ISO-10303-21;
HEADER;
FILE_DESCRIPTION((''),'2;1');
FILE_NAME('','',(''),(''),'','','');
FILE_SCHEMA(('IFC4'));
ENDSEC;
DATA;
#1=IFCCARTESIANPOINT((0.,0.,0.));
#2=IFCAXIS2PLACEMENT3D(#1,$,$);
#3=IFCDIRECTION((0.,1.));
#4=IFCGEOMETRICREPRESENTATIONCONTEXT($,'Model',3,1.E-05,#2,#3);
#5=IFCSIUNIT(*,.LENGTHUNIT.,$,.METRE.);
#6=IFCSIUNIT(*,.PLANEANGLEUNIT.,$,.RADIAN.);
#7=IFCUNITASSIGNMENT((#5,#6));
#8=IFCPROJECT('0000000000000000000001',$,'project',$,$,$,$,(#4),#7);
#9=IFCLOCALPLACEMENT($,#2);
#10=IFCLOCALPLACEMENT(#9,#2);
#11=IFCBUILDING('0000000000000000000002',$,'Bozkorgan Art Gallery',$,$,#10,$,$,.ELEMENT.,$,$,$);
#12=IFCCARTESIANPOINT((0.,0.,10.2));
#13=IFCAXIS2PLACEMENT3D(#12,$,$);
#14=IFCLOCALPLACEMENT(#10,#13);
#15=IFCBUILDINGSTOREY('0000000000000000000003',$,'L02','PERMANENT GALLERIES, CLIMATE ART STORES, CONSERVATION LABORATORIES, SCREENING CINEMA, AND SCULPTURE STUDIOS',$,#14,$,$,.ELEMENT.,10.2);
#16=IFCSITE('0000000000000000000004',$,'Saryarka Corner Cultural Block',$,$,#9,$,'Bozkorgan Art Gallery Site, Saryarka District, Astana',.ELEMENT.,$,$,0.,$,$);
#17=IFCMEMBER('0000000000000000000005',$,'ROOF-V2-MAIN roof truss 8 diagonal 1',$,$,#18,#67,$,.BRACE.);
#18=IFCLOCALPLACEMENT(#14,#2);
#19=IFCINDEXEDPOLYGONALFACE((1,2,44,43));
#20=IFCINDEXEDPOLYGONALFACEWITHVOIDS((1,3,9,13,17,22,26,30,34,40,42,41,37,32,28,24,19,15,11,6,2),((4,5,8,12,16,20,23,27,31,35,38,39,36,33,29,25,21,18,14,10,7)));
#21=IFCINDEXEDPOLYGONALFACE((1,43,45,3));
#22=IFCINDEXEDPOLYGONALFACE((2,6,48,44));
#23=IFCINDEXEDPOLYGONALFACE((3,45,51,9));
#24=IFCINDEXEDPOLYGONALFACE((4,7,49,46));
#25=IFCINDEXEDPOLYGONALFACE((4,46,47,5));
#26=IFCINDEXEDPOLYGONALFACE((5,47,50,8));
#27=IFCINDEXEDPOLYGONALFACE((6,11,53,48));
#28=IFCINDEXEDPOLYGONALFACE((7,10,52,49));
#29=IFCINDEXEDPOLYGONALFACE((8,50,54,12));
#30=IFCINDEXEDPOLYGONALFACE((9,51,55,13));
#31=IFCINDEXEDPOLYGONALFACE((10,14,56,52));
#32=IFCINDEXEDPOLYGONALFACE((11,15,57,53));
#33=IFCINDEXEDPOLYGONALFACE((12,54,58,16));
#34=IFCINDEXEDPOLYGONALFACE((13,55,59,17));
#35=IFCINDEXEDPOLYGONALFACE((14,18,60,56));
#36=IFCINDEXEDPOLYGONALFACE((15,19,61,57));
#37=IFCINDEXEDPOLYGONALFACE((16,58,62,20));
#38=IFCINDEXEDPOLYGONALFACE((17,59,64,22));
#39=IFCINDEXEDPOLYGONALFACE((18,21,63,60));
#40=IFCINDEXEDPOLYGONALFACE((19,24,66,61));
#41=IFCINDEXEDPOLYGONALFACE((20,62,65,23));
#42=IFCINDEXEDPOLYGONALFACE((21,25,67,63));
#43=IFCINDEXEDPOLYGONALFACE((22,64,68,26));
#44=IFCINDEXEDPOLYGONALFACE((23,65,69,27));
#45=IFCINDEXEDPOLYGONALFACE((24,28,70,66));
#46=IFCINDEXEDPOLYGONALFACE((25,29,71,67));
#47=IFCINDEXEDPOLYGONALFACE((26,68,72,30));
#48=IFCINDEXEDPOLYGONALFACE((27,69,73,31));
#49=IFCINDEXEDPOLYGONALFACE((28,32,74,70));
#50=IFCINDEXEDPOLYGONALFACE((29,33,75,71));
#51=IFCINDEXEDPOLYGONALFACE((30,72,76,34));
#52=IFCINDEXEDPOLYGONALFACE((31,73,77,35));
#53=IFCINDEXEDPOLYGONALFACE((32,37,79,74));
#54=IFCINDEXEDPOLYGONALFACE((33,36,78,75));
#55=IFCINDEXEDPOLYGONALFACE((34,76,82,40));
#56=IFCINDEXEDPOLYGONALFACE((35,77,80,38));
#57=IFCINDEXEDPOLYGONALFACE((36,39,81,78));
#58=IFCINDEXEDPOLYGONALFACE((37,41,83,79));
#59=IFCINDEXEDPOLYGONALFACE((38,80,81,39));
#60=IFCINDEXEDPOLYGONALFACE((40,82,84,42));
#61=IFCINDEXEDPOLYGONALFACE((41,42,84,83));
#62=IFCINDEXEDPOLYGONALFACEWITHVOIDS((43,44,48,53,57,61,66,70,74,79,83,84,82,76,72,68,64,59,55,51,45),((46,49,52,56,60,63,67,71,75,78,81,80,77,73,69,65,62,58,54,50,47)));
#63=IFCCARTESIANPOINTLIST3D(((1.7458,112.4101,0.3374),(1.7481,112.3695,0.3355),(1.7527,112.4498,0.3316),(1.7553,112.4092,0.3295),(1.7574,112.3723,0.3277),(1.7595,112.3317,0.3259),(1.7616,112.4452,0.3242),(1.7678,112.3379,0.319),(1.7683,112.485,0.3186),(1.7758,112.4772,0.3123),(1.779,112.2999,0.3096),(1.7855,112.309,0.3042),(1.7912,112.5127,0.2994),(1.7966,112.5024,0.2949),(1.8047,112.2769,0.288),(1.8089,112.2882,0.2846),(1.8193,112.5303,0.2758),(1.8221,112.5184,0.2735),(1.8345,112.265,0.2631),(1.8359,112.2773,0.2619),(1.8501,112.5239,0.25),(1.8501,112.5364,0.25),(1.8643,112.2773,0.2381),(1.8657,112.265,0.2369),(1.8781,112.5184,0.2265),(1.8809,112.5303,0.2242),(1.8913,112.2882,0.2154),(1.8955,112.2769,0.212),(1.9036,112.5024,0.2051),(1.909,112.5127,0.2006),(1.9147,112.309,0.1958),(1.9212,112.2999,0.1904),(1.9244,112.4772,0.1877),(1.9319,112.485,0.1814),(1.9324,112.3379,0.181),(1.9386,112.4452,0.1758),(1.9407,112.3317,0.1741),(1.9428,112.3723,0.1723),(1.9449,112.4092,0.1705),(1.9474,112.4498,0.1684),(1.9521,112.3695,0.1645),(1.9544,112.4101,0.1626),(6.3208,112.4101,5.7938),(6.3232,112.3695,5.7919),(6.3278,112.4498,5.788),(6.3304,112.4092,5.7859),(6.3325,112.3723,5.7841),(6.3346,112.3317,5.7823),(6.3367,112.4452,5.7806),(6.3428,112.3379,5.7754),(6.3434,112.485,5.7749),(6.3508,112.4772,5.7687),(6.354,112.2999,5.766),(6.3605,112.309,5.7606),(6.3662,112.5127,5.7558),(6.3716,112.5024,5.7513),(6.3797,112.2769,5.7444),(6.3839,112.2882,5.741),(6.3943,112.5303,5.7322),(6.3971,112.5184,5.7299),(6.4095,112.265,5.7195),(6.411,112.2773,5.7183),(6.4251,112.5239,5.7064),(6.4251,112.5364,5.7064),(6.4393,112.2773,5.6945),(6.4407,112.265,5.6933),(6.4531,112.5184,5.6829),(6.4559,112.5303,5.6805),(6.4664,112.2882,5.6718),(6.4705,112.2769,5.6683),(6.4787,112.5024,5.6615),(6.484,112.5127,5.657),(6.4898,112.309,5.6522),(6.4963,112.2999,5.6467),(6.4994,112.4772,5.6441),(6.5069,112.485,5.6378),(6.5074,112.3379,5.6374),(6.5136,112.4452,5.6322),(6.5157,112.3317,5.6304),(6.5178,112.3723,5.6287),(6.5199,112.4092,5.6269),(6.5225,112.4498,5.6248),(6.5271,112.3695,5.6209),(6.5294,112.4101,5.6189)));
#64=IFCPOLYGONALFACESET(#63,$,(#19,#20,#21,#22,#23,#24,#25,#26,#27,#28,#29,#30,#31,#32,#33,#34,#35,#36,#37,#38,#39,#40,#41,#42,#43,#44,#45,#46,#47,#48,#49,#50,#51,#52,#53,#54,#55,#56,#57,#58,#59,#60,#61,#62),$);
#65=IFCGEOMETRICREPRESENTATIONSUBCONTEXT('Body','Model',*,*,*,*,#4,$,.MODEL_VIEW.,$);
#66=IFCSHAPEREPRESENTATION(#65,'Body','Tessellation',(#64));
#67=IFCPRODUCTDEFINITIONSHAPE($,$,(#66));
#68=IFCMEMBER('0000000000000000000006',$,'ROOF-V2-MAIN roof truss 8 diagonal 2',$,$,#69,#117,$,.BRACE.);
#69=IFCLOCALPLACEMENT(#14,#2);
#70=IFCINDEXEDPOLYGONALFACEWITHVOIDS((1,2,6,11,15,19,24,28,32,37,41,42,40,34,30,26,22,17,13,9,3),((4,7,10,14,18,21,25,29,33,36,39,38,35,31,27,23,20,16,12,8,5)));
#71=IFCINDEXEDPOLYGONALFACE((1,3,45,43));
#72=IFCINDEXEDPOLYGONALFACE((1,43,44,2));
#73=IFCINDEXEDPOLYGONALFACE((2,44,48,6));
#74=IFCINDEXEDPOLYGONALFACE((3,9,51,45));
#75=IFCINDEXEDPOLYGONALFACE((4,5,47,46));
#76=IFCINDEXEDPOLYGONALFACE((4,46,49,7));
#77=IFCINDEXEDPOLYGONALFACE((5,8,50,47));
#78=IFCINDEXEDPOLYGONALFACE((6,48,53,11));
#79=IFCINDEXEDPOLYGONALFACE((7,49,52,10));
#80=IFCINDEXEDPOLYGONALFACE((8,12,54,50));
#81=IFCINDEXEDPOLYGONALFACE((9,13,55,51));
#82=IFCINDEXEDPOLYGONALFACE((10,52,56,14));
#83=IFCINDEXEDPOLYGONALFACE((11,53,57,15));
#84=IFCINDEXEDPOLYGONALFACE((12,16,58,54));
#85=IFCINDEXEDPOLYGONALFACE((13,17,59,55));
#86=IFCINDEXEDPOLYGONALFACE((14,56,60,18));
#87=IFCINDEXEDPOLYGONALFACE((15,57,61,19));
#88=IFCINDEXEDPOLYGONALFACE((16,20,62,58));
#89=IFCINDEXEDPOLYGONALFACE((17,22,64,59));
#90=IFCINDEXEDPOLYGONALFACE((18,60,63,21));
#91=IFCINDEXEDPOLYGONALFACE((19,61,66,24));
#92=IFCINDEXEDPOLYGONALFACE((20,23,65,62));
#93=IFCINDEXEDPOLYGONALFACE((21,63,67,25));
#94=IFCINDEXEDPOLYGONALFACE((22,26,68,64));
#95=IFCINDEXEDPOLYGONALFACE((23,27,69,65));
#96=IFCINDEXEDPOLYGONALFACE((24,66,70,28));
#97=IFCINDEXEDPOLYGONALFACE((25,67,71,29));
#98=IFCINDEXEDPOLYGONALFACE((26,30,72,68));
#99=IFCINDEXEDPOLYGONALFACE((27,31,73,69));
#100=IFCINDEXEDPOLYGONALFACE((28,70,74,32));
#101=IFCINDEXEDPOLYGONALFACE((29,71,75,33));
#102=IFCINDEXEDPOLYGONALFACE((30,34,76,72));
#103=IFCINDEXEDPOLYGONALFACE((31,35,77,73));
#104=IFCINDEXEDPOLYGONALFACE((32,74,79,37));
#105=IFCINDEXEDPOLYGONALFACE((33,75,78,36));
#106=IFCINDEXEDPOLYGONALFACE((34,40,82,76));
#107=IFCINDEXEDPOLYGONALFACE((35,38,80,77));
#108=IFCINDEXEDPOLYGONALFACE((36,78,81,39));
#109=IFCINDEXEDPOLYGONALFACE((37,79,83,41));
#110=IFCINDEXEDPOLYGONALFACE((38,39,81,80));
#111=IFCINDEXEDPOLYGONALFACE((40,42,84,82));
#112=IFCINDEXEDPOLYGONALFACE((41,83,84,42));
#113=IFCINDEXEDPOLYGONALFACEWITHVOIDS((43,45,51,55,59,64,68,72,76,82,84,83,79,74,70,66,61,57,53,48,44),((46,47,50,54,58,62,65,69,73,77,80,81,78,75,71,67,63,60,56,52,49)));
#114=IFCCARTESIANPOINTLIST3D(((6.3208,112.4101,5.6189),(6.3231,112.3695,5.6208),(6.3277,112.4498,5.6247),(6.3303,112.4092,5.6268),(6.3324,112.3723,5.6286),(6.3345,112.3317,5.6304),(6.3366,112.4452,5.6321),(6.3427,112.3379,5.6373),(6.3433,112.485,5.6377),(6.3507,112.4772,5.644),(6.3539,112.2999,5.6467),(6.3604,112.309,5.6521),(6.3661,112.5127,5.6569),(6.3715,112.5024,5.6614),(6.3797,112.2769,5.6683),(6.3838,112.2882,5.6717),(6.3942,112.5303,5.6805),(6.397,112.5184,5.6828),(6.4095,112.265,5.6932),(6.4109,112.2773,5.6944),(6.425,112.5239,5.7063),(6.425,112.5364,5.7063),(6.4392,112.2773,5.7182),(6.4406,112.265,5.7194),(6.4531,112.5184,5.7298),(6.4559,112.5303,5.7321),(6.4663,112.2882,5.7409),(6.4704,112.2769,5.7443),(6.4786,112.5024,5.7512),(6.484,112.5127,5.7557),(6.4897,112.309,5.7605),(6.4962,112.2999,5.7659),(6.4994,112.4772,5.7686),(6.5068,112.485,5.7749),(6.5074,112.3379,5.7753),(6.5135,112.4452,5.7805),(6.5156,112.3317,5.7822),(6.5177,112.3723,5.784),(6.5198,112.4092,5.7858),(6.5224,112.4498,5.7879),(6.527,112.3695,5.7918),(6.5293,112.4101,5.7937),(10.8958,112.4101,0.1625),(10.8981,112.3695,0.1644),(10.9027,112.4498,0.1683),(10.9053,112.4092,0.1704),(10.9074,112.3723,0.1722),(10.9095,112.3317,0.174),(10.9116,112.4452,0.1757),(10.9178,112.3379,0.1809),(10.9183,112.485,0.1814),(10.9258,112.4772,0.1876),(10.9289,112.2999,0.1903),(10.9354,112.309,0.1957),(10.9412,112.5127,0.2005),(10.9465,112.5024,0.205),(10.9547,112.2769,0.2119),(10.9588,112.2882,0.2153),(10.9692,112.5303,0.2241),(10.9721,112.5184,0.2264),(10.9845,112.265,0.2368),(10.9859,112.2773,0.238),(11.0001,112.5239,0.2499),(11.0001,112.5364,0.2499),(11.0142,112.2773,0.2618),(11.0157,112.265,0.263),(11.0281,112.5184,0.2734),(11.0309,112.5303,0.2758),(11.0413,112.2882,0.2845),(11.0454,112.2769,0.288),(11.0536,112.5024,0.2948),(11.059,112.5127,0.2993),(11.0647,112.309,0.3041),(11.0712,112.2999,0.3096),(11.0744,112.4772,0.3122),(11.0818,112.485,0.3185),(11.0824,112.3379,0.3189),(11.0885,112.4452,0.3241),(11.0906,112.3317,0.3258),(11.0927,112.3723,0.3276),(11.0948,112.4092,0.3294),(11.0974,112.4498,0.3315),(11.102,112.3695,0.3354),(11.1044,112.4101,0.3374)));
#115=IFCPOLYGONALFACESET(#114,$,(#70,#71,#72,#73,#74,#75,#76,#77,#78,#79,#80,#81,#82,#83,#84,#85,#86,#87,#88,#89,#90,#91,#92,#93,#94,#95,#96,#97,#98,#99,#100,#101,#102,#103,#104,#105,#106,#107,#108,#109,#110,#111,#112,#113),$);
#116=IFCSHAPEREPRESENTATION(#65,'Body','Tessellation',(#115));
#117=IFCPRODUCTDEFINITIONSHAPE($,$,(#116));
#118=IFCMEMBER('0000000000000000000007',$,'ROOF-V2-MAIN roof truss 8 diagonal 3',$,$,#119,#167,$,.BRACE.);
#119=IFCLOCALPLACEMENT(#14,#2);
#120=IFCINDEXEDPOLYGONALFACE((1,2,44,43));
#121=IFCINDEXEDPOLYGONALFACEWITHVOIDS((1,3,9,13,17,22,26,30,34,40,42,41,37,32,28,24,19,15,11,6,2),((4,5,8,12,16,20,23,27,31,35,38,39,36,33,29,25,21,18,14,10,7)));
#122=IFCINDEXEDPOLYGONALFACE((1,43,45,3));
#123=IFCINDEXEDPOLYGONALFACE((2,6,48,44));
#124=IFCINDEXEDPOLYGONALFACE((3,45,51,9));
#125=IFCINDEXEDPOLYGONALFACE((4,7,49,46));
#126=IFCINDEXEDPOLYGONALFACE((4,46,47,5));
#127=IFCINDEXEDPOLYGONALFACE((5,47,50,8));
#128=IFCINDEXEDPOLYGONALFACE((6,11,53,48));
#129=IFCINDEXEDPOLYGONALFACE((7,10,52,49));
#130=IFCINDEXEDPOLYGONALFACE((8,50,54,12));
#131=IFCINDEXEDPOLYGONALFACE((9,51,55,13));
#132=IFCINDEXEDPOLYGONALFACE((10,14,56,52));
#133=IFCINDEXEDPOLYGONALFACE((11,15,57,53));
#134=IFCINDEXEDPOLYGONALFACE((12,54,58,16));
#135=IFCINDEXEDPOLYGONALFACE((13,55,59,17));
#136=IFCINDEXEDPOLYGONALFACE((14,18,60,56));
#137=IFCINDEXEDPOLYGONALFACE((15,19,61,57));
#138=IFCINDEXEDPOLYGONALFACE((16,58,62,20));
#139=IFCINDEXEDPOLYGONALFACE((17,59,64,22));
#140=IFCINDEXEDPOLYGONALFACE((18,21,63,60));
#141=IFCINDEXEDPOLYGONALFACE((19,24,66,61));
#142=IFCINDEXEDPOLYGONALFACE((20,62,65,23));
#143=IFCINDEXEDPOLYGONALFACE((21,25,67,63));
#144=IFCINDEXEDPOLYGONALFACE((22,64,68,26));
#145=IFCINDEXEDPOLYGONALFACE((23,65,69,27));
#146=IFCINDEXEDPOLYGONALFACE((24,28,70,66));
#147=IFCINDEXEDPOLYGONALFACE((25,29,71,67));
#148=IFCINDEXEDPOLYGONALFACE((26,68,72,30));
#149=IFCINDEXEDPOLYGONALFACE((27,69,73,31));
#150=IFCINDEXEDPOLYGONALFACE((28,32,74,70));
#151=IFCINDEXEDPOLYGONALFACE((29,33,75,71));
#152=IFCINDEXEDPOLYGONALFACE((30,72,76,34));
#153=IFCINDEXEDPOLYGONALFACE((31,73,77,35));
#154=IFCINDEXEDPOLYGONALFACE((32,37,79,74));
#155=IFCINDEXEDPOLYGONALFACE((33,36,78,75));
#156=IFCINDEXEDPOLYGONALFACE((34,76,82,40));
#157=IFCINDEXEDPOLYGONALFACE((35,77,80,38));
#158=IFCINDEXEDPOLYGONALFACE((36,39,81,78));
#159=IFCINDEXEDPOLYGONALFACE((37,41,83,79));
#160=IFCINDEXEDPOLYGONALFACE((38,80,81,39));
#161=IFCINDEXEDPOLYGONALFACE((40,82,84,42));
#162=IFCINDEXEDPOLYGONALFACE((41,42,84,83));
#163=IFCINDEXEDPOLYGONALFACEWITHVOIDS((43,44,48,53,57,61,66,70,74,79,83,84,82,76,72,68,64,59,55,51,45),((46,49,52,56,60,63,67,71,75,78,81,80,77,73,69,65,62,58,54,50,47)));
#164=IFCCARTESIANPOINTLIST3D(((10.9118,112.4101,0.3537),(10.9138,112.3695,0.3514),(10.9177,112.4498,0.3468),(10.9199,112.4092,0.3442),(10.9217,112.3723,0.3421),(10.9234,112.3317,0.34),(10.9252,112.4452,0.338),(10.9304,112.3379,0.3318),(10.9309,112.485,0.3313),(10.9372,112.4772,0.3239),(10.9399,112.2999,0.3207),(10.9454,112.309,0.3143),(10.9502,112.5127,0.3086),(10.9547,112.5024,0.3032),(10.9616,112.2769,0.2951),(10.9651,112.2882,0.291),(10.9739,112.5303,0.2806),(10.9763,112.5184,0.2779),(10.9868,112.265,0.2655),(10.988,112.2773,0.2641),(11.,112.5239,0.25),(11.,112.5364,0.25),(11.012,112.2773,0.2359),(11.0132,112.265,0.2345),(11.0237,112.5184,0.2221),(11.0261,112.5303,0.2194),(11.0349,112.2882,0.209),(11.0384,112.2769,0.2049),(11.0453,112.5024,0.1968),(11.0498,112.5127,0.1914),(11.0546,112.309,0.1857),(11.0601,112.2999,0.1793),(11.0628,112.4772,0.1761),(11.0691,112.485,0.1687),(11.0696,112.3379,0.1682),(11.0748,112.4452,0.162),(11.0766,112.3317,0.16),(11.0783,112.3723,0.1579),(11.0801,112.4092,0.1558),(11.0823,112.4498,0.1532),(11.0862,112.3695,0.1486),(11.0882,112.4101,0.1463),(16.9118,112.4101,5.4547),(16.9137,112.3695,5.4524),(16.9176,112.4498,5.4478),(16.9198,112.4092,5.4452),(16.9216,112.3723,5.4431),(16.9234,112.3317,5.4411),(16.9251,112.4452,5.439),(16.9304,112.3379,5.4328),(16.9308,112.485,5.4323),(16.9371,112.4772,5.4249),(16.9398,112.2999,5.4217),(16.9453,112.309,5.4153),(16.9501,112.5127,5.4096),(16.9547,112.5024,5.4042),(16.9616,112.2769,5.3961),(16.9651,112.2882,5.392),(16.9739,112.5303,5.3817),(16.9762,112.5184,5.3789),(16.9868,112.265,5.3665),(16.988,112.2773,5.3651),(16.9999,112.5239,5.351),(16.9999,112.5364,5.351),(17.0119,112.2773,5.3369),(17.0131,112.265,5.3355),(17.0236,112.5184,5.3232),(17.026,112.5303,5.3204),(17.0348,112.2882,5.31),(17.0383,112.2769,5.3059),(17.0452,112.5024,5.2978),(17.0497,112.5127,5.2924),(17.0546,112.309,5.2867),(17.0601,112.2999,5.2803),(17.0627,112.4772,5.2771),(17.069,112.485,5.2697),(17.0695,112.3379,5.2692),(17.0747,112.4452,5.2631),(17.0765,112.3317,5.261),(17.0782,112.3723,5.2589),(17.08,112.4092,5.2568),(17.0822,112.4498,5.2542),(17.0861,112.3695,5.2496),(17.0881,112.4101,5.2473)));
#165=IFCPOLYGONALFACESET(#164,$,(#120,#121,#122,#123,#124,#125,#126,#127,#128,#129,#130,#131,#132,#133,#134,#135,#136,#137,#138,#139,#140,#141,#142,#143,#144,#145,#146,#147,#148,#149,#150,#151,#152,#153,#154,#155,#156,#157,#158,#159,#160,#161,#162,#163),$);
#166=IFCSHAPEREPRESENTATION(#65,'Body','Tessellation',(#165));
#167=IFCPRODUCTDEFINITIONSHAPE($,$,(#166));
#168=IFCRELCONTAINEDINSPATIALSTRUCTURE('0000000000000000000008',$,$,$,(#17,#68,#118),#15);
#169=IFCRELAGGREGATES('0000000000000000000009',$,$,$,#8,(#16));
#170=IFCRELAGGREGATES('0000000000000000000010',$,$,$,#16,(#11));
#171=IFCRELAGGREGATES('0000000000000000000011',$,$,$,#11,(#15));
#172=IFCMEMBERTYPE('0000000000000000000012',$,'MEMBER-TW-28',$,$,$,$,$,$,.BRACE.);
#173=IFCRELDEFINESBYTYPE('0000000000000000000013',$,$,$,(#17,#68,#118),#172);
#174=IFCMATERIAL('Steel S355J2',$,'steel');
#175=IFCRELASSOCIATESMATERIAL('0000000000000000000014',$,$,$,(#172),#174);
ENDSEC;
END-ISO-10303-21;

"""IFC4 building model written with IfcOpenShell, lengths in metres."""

from ifc_helpers import new_model, si_unit, direction, frame, origin, origin_2d, place, context, subcontext, project, spatial, hollow_circle, extrude, material, material_profile, profile_set, type_object, element, save


model = new_model("IFC4")

# Units and contexts
model_context = context("Model", 3, precision=1e-05, world=origin(), true_north=direction((0.0, 1.0)))
body_context = subcontext(model_context, "Body", "Model", "MODEL_VIEW")
ifc_project = project(units=[si_unit("LENGTHUNIT", "METRE"), si_unit("PLANEANGLEUNIT", "RADIAN")], contexts=[model_context])

# Site, building, storey
site_placement = place(None, origin())
site = spatial("IfcSite", under=ifc_project, at=site_placement, Name="Saryarka Corner Cultural Block", LongName="Bozkorgan Art Gallery Site, Saryarka District, Astana", CompositionType="ELEMENT", RefElevation=0.0)
building_placement = place(site_placement, origin())
building = spatial("IfcBuilding", under=site, at=building_placement, Name="Bozkorgan Art Gallery", CompositionType="ELEMENT")
storey_placement = place(building_placement, frame((0.0, 0.0, 10.2)))
storey = spatial("IfcBuildingStorey", under=building, at=storey_placement, Name="L02", Description="PERMANENT GALLERIES, CLIMATE ART STORES, CONSERVATION LABORATORIES, SCREENING CINEMA, AND SCULPTURE STUDIOS", CompositionType="ELEMENT", Elevation=10.2)

# Shared definitions
ifc_material_1 = material(Name="Steel S355J2", Category="steel")

# Members
ifc_material_profile_1 = material_profile(ifc_material_1, hollow_circle(Radius=0.1365, WallThickness=0.0125, at=origin_2d()), Name="CHS 273x12.5")
ifc_profile_set_1 = profile_set([ifc_material_profile_1], Name="Steel S355J2")
member_type_1 = type_object("IfcMemberType", Name="MEMBER-TW-28", PredefinedType="BRACE", material=ifc_profile_set_1)
for number, where, z_axis, x_axis, name in (
    (1, (1.8501, 112.3999, 0.25), (0.642505, 0.0, 0.766281), (0.0, 1.0, 0.0), "ROOF-V2-MAIN roof truss 8 diagonal 1"),
    (2, (6.425, 112.3999, 5.7063), (0.642505, 0.0, -0.766281), (0.0, 1.0, 0.0), "ROOF-V2-MAIN roof truss 8 diagonal 2"),
):
    element("IfcMember", number, at=place(storey_placement, frame(where, z_axis=z_axis, x_axis=x_axis)), inside=storey, type_object=member_type_1, Name=name, PredefinedType="BRACE", context=body_context, shape_type="SweptSolid", body=[
        extrude(hollow_circle(Radius=0.1365, WallThickness=0.0125, at=origin_2d()), origin(), (0.0, 0.0, 1.0), 7.1206),
    ])
member_1_placement = place(storey_placement, frame((11.0, 112.3999, 0.25), z_axis=(0.761872, 0.0, 0.647728), x_axis=(0.0, 1.0, 0.0)))
element("IfcMember", 3, at=member_1_placement, inside=storey, type_object=member_type_1, Name="ROOF-V2-MAIN roof truss 8 diagonal 3", PredefinedType="BRACE", context=body_context, shape_type="SweptSolid", body=[
    extrude(hollow_circle(Radius=0.1365, WallThickness=0.0125, at=origin_2d()), origin(), (0.0, 0.0, 1.0), 7.8752),
])

save(model, "model.ifc")
